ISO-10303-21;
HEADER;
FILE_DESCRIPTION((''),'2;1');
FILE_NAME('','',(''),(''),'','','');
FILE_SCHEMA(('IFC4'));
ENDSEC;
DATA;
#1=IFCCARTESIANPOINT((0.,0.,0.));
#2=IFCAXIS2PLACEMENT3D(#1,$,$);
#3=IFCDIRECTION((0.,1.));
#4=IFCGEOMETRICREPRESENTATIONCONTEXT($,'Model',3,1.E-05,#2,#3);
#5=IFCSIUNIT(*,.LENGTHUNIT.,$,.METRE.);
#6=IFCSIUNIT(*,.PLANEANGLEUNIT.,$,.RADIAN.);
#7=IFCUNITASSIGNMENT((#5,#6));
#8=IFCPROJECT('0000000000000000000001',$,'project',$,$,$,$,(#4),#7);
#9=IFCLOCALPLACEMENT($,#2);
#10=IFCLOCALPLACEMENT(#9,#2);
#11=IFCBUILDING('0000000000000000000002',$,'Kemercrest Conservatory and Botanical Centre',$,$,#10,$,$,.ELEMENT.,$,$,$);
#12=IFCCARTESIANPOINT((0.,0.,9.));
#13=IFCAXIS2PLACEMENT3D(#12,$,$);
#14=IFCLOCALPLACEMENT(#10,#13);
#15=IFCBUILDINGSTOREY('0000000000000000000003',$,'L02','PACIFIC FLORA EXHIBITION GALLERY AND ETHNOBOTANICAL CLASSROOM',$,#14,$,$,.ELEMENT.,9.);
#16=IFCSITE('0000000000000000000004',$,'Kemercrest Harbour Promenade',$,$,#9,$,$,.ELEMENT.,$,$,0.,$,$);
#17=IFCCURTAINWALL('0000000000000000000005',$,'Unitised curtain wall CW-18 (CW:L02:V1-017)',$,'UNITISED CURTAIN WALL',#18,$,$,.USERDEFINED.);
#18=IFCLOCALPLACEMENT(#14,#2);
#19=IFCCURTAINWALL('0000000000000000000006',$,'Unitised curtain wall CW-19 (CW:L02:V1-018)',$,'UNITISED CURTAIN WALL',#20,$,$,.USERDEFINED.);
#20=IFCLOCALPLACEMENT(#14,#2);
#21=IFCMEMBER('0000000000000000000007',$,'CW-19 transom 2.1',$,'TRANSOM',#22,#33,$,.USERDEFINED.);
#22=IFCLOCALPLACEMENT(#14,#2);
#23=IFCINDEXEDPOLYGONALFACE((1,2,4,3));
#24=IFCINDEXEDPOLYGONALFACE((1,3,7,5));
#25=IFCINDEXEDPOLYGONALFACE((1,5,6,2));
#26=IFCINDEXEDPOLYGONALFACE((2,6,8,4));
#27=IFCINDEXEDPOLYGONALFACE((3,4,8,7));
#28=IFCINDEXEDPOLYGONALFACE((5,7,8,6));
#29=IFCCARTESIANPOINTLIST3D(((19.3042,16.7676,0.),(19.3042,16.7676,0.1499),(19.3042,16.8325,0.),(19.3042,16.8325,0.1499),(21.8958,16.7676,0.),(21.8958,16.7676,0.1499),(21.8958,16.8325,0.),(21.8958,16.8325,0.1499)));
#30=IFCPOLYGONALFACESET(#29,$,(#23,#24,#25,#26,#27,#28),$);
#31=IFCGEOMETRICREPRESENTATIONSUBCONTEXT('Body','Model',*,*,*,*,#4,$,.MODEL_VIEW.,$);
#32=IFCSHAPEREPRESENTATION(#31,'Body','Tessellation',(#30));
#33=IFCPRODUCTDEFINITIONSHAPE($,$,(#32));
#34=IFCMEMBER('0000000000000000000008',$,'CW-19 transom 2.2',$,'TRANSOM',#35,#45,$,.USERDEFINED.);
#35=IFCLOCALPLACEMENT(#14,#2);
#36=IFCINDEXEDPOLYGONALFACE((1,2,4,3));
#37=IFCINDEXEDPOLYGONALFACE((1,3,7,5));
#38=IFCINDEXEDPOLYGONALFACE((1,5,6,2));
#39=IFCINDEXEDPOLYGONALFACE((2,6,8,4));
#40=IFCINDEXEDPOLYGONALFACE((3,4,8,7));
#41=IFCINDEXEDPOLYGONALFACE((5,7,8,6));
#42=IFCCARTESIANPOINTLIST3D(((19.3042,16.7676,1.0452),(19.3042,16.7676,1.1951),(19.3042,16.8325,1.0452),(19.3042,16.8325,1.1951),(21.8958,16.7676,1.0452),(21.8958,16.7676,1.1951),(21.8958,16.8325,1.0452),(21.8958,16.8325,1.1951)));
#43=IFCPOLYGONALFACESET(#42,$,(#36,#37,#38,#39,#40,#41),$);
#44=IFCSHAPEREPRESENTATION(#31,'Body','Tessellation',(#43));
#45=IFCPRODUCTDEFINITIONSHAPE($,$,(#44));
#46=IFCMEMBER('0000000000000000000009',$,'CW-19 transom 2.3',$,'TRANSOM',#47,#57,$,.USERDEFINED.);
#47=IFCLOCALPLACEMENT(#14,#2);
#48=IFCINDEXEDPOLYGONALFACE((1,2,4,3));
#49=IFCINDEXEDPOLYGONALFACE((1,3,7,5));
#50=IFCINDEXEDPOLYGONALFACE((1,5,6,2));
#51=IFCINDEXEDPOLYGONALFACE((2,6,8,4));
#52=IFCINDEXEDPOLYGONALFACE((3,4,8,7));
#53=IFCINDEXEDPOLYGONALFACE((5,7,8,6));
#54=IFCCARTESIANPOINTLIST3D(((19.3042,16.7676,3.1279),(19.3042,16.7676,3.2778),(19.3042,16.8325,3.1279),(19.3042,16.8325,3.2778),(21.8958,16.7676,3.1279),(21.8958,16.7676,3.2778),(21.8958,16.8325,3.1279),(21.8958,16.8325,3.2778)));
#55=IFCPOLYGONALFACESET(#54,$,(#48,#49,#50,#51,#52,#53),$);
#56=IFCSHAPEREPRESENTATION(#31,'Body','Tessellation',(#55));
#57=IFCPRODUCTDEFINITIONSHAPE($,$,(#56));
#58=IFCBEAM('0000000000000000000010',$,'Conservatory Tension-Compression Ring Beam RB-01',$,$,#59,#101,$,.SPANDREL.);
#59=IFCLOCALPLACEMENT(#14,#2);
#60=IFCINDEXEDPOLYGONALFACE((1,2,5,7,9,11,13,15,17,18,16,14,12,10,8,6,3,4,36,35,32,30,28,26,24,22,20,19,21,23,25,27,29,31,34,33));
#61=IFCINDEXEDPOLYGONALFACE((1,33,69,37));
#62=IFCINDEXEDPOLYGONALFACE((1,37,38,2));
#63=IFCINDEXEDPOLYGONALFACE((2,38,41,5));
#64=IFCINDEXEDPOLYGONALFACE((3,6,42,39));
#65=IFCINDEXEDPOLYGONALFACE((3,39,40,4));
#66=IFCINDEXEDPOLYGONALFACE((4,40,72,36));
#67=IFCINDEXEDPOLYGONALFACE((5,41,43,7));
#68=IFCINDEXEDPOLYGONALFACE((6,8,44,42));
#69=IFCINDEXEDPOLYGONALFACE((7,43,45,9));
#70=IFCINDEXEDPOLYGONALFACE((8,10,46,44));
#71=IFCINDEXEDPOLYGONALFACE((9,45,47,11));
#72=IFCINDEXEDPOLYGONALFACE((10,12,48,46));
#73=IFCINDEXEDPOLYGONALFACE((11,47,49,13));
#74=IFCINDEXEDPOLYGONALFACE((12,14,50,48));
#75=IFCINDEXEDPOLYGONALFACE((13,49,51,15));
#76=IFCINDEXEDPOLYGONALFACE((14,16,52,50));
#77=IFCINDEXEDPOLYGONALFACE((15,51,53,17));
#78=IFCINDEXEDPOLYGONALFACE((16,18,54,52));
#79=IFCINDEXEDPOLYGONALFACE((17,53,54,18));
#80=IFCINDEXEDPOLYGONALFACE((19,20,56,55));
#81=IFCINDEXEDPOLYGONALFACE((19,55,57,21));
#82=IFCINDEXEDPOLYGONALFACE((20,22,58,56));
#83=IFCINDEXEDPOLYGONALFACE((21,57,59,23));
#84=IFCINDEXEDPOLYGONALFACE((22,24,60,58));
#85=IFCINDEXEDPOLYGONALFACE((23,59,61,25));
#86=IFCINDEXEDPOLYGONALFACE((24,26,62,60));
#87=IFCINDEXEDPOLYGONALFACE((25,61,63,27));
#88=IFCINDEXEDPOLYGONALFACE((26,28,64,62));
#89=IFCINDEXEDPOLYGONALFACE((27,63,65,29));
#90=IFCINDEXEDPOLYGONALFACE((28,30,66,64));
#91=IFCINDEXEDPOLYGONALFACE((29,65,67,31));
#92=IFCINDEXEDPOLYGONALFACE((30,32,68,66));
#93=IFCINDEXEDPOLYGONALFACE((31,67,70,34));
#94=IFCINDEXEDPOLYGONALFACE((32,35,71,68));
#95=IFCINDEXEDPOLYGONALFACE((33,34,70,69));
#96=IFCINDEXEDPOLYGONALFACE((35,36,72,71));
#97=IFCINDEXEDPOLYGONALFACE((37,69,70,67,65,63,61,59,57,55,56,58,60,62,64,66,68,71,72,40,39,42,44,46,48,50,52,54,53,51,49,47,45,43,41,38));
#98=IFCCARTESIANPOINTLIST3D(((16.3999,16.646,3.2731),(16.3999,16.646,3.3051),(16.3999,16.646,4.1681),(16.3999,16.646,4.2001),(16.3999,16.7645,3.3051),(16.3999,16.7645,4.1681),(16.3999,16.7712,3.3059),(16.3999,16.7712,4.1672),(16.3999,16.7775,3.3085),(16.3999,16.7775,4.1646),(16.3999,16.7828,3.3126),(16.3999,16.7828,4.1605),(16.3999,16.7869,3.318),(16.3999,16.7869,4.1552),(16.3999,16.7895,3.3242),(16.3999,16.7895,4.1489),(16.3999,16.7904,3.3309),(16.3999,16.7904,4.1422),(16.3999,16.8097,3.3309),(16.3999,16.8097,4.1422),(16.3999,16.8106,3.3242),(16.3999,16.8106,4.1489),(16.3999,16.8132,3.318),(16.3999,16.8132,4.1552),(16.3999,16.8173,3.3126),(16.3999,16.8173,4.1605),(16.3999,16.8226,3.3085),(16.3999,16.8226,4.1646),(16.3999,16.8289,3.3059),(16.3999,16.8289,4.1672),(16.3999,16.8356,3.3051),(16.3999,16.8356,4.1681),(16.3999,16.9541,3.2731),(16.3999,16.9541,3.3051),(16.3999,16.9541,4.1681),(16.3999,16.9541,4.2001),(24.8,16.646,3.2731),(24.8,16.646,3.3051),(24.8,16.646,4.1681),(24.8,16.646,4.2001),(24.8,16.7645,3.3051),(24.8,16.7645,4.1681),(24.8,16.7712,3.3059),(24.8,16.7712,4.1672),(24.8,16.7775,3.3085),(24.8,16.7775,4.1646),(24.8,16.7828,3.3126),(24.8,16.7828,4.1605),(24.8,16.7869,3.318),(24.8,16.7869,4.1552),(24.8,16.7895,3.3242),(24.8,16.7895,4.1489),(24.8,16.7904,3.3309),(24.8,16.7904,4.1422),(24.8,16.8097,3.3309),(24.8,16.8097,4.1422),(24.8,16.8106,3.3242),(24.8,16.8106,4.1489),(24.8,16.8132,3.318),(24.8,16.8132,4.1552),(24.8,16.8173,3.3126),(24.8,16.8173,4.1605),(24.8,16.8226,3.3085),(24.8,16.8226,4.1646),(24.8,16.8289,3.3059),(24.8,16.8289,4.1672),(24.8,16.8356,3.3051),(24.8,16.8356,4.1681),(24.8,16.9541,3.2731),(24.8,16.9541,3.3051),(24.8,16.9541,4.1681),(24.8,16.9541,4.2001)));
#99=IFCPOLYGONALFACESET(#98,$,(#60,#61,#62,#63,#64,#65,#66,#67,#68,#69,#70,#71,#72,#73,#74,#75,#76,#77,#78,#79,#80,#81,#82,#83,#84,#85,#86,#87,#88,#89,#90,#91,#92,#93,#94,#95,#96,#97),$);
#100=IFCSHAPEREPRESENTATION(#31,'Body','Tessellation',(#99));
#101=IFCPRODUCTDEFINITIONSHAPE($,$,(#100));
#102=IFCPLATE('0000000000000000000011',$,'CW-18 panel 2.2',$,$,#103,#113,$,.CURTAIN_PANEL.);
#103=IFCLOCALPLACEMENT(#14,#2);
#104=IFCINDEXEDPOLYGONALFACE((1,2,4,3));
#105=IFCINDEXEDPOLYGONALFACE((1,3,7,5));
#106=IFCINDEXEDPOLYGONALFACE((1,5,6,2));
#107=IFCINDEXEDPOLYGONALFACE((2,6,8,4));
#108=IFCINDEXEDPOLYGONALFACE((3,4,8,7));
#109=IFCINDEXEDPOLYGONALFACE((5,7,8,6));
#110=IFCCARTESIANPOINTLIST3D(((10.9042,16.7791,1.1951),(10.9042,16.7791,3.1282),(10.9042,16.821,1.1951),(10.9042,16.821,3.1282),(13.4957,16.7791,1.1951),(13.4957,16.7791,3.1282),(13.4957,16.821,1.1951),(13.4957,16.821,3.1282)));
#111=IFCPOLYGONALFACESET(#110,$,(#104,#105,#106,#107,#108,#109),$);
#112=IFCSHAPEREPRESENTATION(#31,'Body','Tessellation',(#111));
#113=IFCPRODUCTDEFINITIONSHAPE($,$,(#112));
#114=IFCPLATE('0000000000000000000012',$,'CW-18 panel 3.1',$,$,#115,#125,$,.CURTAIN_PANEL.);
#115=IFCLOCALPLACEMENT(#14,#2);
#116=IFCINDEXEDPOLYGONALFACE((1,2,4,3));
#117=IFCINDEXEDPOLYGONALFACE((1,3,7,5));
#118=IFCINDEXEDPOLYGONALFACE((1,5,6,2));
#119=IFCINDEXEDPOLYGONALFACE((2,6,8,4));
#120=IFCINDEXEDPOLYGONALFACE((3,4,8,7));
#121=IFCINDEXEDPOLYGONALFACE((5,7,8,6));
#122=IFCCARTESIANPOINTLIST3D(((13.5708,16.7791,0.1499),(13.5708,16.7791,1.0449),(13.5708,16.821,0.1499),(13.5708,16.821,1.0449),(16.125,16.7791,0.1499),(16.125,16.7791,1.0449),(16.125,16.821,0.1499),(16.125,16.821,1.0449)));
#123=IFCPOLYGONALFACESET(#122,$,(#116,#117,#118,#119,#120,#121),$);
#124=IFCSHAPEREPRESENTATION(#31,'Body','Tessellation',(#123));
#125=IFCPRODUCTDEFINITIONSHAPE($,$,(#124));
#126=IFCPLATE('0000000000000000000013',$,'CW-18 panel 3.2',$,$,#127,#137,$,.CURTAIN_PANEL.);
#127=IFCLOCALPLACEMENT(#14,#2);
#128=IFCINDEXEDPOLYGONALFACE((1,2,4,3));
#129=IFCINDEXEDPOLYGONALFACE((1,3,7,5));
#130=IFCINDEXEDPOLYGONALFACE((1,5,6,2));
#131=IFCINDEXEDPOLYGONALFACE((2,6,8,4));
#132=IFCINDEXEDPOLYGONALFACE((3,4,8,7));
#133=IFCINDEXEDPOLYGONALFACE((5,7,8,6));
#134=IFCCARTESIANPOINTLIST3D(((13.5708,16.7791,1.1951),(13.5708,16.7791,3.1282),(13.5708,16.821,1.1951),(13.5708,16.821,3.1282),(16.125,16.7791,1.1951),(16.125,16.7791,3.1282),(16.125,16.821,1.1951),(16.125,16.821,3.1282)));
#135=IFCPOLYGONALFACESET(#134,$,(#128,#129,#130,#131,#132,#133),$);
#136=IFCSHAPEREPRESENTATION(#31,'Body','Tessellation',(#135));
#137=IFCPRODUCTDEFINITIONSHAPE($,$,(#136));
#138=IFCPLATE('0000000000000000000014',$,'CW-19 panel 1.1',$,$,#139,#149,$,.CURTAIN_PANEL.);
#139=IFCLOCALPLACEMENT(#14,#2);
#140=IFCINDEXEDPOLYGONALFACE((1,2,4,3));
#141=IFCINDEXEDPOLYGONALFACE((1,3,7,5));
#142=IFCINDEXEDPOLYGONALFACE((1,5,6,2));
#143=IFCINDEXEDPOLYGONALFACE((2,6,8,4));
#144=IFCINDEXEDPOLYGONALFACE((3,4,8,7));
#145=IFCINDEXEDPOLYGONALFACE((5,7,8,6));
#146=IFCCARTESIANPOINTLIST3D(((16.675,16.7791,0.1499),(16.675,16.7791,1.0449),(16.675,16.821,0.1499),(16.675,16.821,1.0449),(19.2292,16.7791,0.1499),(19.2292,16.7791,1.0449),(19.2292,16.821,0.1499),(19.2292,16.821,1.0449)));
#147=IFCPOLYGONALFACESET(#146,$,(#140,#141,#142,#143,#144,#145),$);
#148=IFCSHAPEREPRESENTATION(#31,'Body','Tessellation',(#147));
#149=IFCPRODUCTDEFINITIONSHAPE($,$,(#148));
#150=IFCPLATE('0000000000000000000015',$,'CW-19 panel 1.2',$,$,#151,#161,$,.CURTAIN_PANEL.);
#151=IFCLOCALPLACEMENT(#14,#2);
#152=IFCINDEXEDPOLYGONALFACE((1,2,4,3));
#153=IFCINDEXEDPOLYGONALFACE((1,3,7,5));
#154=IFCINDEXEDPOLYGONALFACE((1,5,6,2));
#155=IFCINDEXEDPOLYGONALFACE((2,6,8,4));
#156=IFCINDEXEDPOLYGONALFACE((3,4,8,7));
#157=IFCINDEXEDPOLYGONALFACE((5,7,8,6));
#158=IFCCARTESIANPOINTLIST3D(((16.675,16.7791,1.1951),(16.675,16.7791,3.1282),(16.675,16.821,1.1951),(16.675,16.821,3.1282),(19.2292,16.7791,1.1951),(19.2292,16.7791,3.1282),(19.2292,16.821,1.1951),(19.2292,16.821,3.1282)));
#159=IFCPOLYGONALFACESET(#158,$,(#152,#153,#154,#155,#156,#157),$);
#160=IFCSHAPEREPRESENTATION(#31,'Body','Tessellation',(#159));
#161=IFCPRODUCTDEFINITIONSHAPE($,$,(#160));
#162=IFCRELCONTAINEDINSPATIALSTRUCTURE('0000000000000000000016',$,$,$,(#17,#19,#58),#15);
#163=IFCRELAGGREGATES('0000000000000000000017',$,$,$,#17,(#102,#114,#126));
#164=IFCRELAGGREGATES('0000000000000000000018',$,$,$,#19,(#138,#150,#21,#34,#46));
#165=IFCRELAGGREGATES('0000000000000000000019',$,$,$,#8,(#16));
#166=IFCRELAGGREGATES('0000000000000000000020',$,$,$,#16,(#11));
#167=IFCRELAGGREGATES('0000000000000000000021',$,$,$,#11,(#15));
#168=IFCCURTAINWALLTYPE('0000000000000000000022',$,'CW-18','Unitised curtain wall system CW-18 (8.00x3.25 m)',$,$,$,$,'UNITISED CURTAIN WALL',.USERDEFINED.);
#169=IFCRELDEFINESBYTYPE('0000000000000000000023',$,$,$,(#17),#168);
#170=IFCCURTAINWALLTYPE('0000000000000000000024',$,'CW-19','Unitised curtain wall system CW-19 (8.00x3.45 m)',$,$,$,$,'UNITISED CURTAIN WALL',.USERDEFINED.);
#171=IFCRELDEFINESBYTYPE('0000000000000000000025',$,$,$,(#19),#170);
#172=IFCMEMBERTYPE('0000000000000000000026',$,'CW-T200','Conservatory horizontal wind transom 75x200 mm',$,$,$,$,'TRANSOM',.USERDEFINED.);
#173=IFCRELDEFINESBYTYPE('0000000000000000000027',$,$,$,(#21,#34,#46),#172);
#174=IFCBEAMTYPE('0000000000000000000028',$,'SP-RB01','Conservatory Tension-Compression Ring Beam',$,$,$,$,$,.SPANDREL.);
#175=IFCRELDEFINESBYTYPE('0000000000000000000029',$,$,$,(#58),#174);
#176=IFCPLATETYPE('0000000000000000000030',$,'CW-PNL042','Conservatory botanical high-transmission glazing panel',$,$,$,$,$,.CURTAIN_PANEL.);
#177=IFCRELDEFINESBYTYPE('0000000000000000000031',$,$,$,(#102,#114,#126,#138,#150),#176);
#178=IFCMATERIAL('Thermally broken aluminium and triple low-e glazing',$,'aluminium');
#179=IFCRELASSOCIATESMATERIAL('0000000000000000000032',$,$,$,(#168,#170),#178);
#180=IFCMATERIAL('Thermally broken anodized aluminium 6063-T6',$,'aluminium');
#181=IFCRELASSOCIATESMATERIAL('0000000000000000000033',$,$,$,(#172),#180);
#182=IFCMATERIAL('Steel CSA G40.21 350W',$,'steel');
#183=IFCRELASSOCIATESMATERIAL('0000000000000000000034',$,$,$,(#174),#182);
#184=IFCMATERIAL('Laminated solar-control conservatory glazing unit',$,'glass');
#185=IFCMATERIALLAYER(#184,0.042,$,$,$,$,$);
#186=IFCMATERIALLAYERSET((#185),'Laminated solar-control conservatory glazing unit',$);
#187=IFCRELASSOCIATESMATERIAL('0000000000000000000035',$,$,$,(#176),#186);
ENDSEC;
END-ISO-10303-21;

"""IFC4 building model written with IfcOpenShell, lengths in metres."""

from ifc_helpers import new_model, si_unit, direction, frame, origin, origin_2d, place, context, subcontext, project, spatial, rectangle, i_section, extrude, material, layer, layer_set, material_profile, profile_set, type_object, element, aggregate, save


model = new_model("IFC4")

# Units and contexts
model_context = context("Model", 3, precision=1e-05, world=origin(), true_north=direction((0.0, 1.0)))
body_context = subcontext(model_context, "Body", "Model", "MODEL_VIEW")
ifc_project = project(units=[si_unit("LENGTHUNIT", "METRE"), si_unit("PLANEANGLEUNIT", "RADIAN")], contexts=[model_context])

# Site, building, storey
site_placement = place(None, origin())
site = spatial("IfcSite", under=ifc_project, at=site_placement, Name="Kemercrest Harbour Promenade", CompositionType="ELEMENT", RefElevation=0.0)
building_placement = place(site_placement, origin())
building = spatial("IfcBuilding", under=site, at=building_placement, Name="Kemercrest Conservatory and Botanical Centre", CompositionType="ELEMENT")
storey_placement = place(building_placement, frame((0.0, 0.0, 9.0)))
storey = spatial("IfcBuildingStorey", under=building, at=storey_placement, Name="L02", Description="PACIFIC FLORA EXHIBITION GALLERY AND ETHNOBOTANICAL CLASSROOM", CompositionType="ELEMENT", Elevation=9.0)

# Shared definitions
ifc_material_1 = material(Name="Steel CSA G40.21 350W", Category="steel")

# Curtain walls
ifc_material_2 = material(Name="Thermally broken aluminium and triple low-e glazing", Category="aluminium")
curtain_wall_type_1 = type_object("IfcCurtainWallType", Name="CW-18", Description="Unitised curtain wall system CW-18 (8.00x3.25 m)", ElementType="UNITISED CURTAIN WALL", PredefinedType="USERDEFINED", material=ifc_material_2)
curtain_wall_1_placement = place(storey_placement, origin())
curtain_wall_1 = element("IfcCurtainWall", 1, at=curtain_wall_1_placement, inside=storey, type_object=curtain_wall_type_1, Name="Unitised curtain wall CW-18 (CW:L02:V1-017)", ObjectType="UNITISED CURTAIN WALL", PredefinedType="USERDEFINED")
ifc_material_3 = material(Name="Thermally broken anodized aluminium 6063-T6", Category="aluminium")
curtain_wall_type_2 = type_object("IfcCurtainWallType", Name="CW-19", Description="Unitised curtain wall system CW-19 (8.00x3.45 m)", ElementType="UNITISED CURTAIN WALL", PredefinedType="USERDEFINED", material=ifc_material_2)
curtain_wall_2_placement = place(storey_placement, origin())
curtain_wall_2 = element("IfcCurtainWall", 2, at=curtain_wall_2_placement, inside=storey, type_object=curtain_wall_type_2, Name="Unitised curtain wall CW-19 (CW:L02:V1-018)", ObjectType="UNITISED CURTAIN WALL", PredefinedType="USERDEFINED")

# Members
ifc_material_profile_1 = material_profile(ifc_material_3, rectangle(XDim=0.0649, YDim=0.1499, at=origin_2d()), Name="AL TRANSOM 65x150")
ifc_profile_set_1 = profile_set([ifc_material_profile_1], Name="Thermally broken anodized aluminium 6063-T6")
member_type_1 = type_object("IfcMemberType", Name="CW-T200", Description="Conservatory horizontal wind transom 75x200 mm", ElementType="TRANSOM", PredefinedType="USERDEFINED", material=ifc_profile_set_1)
member_1_placement = place(storey_placement, frame((19.3042, 16.8, 0.075), z_axis=(1.0, 0.0, 0.0), x_axis=(0.0, 1.0, 0.0)))
member_1 = element("IfcMember", 3, at=member_1_placement, type_object=member_type_1, Name="CW-19 transom 2.1", ObjectType="TRANSOM", PredefinedType="USERDEFINED", context=body_context, shape_type="SweptSolid", body=[
    extrude(rectangle(XDim=0.0649, YDim=0.1499, at=origin_2d()), origin(), (0.0, 0.0, 1.0), 2.5916),
])
member_2_placement = place(storey_placement, frame((19.3042, 16.8, 1.1201), z_axis=(1.0, 0.0, 0.0), x_axis=(0.0, 1.0, 0.0)))
member_2 = element("IfcMember", 4, at=member_2_placement, type_object=member_type_1, Name="CW-19 transom 2.2", ObjectType="TRANSOM", PredefinedType="USERDEFINED", context=body_context, shape_type="SweptSolid", body=[
    extrude(rectangle(XDim=0.0649, YDim=0.1499, at=origin_2d()), origin(), (0.0, 0.0, 1.0), 2.5916),
])
member_3_placement = place(storey_placement, frame((19.3042, 16.8, 3.2029), z_axis=(1.0, 0.0, 0.0), x_axis=(0.0, 1.0, 0.0)))
member_3 = element("IfcMember", 5, at=member_3_placement, type_object=member_type_1, Name="CW-19 transom 2.3", ObjectType="TRANSOM", PredefinedType="USERDEFINED", context=body_context, shape_type="SweptSolid", body=[
    extrude(rectangle(XDim=0.0649, YDim=0.1499, at=origin_2d()), origin(), (0.0, 0.0, 1.0), 2.5916),
])

# Beam
ifc_material_profile_2 = material_profile(ifc_material_1, i_section(OverallWidth=0.3081, OverallDepth=0.927, WebThickness=0.0193, FlangeThickness=0.032, FilletRadius=0.0259, at=origin_2d()), Name="W920X289")
ifc_profile_set_2 = profile_set([ifc_material_profile_2], Name="Steel CSA G40.21 350W")
beam_type = type_object("IfcBeamType", Name="SP-RB01", Description="Conservatory Tension-Compression Ring Beam", PredefinedType="SPANDREL", material=ifc_profile_set_2)
beam_placement = place(storey_placement, frame((16.3999, 16.8, 3.7366), z_axis=(1.0, 0.0, 0.0), x_axis=(0.0, 1.0, 0.0)))
element("IfcBeam", 6, at=beam_placement, inside=storey, type_object=beam_type, Name="Conservatory Tension-Compression Ring Beam RB-01", PredefinedType="SPANDREL", context=body_context, shape_type="SweptSolid", body=[
    extrude(i_section(OverallWidth=0.3081, OverallDepth=0.927, WebThickness=0.0193, FlangeThickness=0.032, FilletRadius=0.0259, at=origin_2d()), origin(), (0.0, 0.0, 1.0), 8.4001),
])

# Plates
ifc_material_4 = material(Name="Laminated solar-control conservatory glazing unit", Category="glass")
ifc_layer = layer(ifc_material_4, 0.042)
ifc_layer_set = layer_set([ifc_layer], Name="Laminated solar-control conservatory glazing unit")
plate_type = type_object("IfcPlateType", Name="CW-PNL042", Description="Conservatory botanical high-transmission glazing panel", PredefinedType="CURTAIN_PANEL", material=ifc_layer_set)
plate_1_placement = place(storey_placement, frame((12.2, 16.8, 1.1951), z_axis=(0.0, 0.0, 1.0), x_axis=(1.0, 0.0, 0.0)))
plate_1 = element("IfcPlate", 7, at=plate_1_placement, type_object=plate_type, Name="CW-18 panel 2.2", PredefinedType="CURTAIN_PANEL", context=body_context, shape_type="SweptSolid", body=[
    extrude(rectangle(XDim=2.5916, YDim=0.042, at=origin_2d()), origin(), (0.0, 0.0, 1.0), 1.9331),
])
plate_2_placement = place(storey_placement, frame((14.8479, 16.8, 0.1499), z_axis=(0.0, 0.0, 1.0), x_axis=(1.0, 0.0, 0.0)))
plate_2 = element("IfcPlate", 8, at=plate_2_placement, type_object=plate_type, Name="CW-18 panel 3.1", PredefinedType="CURTAIN_PANEL", context=body_context, shape_type="SweptSolid", body=[
    extrude(rectangle(XDim=2.5542, YDim=0.042, at=origin_2d()), origin(), (0.0, 0.0, 1.0), 0.895),
])
plate_3_placement = place(storey_placement, frame((14.8479, 16.8, 1.1951), z_axis=(0.0, 0.0, 1.0), x_axis=(1.0, 0.0, 0.0)))
plate_3 = element("IfcPlate", 9, at=plate_3_placement, type_object=plate_type, Name="CW-18 panel 3.2", PredefinedType="CURTAIN_PANEL", context=body_context, shape_type="SweptSolid", body=[
    extrude(rectangle(XDim=2.5542, YDim=0.042, at=origin_2d()), origin(), (0.0, 0.0, 1.0), 1.9331),
])
aggregate(curtain_wall_1, [plate_1, plate_2, plate_3])
plate_4_placement = place(storey_placement, frame((17.9521, 16.8, 0.1499), z_axis=(0.0, 0.0, 1.0), x_axis=(1.0, 0.0, 0.0)))
plate_4 = element("IfcPlate", 10, at=plate_4_placement, type_object=plate_type, Name="CW-19 panel 1.1", PredefinedType="CURTAIN_PANEL", context=body_context, shape_type="SweptSolid", body=[
    extrude(rectangle(XDim=2.5542, YDim=0.042, at=origin_2d()), origin(), (0.0, 0.0, 1.0), 0.895),
])
plate_5_placement = place(storey_placement, frame((17.9521, 16.8, 1.1951), z_axis=(0.0, 0.0, 1.0), x_axis=(1.0, 0.0, 0.0)))
plate_5 = element("IfcPlate", 11, at=plate_5_placement, type_object=plate_type, Name="CW-19 panel 1.2", PredefinedType="CURTAIN_PANEL", context=body_context, shape_type="SweptSolid", body=[
    extrude(rectangle(XDim=2.5542, YDim=0.042, at=origin_2d()), origin(), (0.0, 0.0, 1.0), 1.9331),
])
aggregate(curtain_wall_2, [plate_4, plate_5, member_1, member_2, member_3])

save(model, "model.ifc")
